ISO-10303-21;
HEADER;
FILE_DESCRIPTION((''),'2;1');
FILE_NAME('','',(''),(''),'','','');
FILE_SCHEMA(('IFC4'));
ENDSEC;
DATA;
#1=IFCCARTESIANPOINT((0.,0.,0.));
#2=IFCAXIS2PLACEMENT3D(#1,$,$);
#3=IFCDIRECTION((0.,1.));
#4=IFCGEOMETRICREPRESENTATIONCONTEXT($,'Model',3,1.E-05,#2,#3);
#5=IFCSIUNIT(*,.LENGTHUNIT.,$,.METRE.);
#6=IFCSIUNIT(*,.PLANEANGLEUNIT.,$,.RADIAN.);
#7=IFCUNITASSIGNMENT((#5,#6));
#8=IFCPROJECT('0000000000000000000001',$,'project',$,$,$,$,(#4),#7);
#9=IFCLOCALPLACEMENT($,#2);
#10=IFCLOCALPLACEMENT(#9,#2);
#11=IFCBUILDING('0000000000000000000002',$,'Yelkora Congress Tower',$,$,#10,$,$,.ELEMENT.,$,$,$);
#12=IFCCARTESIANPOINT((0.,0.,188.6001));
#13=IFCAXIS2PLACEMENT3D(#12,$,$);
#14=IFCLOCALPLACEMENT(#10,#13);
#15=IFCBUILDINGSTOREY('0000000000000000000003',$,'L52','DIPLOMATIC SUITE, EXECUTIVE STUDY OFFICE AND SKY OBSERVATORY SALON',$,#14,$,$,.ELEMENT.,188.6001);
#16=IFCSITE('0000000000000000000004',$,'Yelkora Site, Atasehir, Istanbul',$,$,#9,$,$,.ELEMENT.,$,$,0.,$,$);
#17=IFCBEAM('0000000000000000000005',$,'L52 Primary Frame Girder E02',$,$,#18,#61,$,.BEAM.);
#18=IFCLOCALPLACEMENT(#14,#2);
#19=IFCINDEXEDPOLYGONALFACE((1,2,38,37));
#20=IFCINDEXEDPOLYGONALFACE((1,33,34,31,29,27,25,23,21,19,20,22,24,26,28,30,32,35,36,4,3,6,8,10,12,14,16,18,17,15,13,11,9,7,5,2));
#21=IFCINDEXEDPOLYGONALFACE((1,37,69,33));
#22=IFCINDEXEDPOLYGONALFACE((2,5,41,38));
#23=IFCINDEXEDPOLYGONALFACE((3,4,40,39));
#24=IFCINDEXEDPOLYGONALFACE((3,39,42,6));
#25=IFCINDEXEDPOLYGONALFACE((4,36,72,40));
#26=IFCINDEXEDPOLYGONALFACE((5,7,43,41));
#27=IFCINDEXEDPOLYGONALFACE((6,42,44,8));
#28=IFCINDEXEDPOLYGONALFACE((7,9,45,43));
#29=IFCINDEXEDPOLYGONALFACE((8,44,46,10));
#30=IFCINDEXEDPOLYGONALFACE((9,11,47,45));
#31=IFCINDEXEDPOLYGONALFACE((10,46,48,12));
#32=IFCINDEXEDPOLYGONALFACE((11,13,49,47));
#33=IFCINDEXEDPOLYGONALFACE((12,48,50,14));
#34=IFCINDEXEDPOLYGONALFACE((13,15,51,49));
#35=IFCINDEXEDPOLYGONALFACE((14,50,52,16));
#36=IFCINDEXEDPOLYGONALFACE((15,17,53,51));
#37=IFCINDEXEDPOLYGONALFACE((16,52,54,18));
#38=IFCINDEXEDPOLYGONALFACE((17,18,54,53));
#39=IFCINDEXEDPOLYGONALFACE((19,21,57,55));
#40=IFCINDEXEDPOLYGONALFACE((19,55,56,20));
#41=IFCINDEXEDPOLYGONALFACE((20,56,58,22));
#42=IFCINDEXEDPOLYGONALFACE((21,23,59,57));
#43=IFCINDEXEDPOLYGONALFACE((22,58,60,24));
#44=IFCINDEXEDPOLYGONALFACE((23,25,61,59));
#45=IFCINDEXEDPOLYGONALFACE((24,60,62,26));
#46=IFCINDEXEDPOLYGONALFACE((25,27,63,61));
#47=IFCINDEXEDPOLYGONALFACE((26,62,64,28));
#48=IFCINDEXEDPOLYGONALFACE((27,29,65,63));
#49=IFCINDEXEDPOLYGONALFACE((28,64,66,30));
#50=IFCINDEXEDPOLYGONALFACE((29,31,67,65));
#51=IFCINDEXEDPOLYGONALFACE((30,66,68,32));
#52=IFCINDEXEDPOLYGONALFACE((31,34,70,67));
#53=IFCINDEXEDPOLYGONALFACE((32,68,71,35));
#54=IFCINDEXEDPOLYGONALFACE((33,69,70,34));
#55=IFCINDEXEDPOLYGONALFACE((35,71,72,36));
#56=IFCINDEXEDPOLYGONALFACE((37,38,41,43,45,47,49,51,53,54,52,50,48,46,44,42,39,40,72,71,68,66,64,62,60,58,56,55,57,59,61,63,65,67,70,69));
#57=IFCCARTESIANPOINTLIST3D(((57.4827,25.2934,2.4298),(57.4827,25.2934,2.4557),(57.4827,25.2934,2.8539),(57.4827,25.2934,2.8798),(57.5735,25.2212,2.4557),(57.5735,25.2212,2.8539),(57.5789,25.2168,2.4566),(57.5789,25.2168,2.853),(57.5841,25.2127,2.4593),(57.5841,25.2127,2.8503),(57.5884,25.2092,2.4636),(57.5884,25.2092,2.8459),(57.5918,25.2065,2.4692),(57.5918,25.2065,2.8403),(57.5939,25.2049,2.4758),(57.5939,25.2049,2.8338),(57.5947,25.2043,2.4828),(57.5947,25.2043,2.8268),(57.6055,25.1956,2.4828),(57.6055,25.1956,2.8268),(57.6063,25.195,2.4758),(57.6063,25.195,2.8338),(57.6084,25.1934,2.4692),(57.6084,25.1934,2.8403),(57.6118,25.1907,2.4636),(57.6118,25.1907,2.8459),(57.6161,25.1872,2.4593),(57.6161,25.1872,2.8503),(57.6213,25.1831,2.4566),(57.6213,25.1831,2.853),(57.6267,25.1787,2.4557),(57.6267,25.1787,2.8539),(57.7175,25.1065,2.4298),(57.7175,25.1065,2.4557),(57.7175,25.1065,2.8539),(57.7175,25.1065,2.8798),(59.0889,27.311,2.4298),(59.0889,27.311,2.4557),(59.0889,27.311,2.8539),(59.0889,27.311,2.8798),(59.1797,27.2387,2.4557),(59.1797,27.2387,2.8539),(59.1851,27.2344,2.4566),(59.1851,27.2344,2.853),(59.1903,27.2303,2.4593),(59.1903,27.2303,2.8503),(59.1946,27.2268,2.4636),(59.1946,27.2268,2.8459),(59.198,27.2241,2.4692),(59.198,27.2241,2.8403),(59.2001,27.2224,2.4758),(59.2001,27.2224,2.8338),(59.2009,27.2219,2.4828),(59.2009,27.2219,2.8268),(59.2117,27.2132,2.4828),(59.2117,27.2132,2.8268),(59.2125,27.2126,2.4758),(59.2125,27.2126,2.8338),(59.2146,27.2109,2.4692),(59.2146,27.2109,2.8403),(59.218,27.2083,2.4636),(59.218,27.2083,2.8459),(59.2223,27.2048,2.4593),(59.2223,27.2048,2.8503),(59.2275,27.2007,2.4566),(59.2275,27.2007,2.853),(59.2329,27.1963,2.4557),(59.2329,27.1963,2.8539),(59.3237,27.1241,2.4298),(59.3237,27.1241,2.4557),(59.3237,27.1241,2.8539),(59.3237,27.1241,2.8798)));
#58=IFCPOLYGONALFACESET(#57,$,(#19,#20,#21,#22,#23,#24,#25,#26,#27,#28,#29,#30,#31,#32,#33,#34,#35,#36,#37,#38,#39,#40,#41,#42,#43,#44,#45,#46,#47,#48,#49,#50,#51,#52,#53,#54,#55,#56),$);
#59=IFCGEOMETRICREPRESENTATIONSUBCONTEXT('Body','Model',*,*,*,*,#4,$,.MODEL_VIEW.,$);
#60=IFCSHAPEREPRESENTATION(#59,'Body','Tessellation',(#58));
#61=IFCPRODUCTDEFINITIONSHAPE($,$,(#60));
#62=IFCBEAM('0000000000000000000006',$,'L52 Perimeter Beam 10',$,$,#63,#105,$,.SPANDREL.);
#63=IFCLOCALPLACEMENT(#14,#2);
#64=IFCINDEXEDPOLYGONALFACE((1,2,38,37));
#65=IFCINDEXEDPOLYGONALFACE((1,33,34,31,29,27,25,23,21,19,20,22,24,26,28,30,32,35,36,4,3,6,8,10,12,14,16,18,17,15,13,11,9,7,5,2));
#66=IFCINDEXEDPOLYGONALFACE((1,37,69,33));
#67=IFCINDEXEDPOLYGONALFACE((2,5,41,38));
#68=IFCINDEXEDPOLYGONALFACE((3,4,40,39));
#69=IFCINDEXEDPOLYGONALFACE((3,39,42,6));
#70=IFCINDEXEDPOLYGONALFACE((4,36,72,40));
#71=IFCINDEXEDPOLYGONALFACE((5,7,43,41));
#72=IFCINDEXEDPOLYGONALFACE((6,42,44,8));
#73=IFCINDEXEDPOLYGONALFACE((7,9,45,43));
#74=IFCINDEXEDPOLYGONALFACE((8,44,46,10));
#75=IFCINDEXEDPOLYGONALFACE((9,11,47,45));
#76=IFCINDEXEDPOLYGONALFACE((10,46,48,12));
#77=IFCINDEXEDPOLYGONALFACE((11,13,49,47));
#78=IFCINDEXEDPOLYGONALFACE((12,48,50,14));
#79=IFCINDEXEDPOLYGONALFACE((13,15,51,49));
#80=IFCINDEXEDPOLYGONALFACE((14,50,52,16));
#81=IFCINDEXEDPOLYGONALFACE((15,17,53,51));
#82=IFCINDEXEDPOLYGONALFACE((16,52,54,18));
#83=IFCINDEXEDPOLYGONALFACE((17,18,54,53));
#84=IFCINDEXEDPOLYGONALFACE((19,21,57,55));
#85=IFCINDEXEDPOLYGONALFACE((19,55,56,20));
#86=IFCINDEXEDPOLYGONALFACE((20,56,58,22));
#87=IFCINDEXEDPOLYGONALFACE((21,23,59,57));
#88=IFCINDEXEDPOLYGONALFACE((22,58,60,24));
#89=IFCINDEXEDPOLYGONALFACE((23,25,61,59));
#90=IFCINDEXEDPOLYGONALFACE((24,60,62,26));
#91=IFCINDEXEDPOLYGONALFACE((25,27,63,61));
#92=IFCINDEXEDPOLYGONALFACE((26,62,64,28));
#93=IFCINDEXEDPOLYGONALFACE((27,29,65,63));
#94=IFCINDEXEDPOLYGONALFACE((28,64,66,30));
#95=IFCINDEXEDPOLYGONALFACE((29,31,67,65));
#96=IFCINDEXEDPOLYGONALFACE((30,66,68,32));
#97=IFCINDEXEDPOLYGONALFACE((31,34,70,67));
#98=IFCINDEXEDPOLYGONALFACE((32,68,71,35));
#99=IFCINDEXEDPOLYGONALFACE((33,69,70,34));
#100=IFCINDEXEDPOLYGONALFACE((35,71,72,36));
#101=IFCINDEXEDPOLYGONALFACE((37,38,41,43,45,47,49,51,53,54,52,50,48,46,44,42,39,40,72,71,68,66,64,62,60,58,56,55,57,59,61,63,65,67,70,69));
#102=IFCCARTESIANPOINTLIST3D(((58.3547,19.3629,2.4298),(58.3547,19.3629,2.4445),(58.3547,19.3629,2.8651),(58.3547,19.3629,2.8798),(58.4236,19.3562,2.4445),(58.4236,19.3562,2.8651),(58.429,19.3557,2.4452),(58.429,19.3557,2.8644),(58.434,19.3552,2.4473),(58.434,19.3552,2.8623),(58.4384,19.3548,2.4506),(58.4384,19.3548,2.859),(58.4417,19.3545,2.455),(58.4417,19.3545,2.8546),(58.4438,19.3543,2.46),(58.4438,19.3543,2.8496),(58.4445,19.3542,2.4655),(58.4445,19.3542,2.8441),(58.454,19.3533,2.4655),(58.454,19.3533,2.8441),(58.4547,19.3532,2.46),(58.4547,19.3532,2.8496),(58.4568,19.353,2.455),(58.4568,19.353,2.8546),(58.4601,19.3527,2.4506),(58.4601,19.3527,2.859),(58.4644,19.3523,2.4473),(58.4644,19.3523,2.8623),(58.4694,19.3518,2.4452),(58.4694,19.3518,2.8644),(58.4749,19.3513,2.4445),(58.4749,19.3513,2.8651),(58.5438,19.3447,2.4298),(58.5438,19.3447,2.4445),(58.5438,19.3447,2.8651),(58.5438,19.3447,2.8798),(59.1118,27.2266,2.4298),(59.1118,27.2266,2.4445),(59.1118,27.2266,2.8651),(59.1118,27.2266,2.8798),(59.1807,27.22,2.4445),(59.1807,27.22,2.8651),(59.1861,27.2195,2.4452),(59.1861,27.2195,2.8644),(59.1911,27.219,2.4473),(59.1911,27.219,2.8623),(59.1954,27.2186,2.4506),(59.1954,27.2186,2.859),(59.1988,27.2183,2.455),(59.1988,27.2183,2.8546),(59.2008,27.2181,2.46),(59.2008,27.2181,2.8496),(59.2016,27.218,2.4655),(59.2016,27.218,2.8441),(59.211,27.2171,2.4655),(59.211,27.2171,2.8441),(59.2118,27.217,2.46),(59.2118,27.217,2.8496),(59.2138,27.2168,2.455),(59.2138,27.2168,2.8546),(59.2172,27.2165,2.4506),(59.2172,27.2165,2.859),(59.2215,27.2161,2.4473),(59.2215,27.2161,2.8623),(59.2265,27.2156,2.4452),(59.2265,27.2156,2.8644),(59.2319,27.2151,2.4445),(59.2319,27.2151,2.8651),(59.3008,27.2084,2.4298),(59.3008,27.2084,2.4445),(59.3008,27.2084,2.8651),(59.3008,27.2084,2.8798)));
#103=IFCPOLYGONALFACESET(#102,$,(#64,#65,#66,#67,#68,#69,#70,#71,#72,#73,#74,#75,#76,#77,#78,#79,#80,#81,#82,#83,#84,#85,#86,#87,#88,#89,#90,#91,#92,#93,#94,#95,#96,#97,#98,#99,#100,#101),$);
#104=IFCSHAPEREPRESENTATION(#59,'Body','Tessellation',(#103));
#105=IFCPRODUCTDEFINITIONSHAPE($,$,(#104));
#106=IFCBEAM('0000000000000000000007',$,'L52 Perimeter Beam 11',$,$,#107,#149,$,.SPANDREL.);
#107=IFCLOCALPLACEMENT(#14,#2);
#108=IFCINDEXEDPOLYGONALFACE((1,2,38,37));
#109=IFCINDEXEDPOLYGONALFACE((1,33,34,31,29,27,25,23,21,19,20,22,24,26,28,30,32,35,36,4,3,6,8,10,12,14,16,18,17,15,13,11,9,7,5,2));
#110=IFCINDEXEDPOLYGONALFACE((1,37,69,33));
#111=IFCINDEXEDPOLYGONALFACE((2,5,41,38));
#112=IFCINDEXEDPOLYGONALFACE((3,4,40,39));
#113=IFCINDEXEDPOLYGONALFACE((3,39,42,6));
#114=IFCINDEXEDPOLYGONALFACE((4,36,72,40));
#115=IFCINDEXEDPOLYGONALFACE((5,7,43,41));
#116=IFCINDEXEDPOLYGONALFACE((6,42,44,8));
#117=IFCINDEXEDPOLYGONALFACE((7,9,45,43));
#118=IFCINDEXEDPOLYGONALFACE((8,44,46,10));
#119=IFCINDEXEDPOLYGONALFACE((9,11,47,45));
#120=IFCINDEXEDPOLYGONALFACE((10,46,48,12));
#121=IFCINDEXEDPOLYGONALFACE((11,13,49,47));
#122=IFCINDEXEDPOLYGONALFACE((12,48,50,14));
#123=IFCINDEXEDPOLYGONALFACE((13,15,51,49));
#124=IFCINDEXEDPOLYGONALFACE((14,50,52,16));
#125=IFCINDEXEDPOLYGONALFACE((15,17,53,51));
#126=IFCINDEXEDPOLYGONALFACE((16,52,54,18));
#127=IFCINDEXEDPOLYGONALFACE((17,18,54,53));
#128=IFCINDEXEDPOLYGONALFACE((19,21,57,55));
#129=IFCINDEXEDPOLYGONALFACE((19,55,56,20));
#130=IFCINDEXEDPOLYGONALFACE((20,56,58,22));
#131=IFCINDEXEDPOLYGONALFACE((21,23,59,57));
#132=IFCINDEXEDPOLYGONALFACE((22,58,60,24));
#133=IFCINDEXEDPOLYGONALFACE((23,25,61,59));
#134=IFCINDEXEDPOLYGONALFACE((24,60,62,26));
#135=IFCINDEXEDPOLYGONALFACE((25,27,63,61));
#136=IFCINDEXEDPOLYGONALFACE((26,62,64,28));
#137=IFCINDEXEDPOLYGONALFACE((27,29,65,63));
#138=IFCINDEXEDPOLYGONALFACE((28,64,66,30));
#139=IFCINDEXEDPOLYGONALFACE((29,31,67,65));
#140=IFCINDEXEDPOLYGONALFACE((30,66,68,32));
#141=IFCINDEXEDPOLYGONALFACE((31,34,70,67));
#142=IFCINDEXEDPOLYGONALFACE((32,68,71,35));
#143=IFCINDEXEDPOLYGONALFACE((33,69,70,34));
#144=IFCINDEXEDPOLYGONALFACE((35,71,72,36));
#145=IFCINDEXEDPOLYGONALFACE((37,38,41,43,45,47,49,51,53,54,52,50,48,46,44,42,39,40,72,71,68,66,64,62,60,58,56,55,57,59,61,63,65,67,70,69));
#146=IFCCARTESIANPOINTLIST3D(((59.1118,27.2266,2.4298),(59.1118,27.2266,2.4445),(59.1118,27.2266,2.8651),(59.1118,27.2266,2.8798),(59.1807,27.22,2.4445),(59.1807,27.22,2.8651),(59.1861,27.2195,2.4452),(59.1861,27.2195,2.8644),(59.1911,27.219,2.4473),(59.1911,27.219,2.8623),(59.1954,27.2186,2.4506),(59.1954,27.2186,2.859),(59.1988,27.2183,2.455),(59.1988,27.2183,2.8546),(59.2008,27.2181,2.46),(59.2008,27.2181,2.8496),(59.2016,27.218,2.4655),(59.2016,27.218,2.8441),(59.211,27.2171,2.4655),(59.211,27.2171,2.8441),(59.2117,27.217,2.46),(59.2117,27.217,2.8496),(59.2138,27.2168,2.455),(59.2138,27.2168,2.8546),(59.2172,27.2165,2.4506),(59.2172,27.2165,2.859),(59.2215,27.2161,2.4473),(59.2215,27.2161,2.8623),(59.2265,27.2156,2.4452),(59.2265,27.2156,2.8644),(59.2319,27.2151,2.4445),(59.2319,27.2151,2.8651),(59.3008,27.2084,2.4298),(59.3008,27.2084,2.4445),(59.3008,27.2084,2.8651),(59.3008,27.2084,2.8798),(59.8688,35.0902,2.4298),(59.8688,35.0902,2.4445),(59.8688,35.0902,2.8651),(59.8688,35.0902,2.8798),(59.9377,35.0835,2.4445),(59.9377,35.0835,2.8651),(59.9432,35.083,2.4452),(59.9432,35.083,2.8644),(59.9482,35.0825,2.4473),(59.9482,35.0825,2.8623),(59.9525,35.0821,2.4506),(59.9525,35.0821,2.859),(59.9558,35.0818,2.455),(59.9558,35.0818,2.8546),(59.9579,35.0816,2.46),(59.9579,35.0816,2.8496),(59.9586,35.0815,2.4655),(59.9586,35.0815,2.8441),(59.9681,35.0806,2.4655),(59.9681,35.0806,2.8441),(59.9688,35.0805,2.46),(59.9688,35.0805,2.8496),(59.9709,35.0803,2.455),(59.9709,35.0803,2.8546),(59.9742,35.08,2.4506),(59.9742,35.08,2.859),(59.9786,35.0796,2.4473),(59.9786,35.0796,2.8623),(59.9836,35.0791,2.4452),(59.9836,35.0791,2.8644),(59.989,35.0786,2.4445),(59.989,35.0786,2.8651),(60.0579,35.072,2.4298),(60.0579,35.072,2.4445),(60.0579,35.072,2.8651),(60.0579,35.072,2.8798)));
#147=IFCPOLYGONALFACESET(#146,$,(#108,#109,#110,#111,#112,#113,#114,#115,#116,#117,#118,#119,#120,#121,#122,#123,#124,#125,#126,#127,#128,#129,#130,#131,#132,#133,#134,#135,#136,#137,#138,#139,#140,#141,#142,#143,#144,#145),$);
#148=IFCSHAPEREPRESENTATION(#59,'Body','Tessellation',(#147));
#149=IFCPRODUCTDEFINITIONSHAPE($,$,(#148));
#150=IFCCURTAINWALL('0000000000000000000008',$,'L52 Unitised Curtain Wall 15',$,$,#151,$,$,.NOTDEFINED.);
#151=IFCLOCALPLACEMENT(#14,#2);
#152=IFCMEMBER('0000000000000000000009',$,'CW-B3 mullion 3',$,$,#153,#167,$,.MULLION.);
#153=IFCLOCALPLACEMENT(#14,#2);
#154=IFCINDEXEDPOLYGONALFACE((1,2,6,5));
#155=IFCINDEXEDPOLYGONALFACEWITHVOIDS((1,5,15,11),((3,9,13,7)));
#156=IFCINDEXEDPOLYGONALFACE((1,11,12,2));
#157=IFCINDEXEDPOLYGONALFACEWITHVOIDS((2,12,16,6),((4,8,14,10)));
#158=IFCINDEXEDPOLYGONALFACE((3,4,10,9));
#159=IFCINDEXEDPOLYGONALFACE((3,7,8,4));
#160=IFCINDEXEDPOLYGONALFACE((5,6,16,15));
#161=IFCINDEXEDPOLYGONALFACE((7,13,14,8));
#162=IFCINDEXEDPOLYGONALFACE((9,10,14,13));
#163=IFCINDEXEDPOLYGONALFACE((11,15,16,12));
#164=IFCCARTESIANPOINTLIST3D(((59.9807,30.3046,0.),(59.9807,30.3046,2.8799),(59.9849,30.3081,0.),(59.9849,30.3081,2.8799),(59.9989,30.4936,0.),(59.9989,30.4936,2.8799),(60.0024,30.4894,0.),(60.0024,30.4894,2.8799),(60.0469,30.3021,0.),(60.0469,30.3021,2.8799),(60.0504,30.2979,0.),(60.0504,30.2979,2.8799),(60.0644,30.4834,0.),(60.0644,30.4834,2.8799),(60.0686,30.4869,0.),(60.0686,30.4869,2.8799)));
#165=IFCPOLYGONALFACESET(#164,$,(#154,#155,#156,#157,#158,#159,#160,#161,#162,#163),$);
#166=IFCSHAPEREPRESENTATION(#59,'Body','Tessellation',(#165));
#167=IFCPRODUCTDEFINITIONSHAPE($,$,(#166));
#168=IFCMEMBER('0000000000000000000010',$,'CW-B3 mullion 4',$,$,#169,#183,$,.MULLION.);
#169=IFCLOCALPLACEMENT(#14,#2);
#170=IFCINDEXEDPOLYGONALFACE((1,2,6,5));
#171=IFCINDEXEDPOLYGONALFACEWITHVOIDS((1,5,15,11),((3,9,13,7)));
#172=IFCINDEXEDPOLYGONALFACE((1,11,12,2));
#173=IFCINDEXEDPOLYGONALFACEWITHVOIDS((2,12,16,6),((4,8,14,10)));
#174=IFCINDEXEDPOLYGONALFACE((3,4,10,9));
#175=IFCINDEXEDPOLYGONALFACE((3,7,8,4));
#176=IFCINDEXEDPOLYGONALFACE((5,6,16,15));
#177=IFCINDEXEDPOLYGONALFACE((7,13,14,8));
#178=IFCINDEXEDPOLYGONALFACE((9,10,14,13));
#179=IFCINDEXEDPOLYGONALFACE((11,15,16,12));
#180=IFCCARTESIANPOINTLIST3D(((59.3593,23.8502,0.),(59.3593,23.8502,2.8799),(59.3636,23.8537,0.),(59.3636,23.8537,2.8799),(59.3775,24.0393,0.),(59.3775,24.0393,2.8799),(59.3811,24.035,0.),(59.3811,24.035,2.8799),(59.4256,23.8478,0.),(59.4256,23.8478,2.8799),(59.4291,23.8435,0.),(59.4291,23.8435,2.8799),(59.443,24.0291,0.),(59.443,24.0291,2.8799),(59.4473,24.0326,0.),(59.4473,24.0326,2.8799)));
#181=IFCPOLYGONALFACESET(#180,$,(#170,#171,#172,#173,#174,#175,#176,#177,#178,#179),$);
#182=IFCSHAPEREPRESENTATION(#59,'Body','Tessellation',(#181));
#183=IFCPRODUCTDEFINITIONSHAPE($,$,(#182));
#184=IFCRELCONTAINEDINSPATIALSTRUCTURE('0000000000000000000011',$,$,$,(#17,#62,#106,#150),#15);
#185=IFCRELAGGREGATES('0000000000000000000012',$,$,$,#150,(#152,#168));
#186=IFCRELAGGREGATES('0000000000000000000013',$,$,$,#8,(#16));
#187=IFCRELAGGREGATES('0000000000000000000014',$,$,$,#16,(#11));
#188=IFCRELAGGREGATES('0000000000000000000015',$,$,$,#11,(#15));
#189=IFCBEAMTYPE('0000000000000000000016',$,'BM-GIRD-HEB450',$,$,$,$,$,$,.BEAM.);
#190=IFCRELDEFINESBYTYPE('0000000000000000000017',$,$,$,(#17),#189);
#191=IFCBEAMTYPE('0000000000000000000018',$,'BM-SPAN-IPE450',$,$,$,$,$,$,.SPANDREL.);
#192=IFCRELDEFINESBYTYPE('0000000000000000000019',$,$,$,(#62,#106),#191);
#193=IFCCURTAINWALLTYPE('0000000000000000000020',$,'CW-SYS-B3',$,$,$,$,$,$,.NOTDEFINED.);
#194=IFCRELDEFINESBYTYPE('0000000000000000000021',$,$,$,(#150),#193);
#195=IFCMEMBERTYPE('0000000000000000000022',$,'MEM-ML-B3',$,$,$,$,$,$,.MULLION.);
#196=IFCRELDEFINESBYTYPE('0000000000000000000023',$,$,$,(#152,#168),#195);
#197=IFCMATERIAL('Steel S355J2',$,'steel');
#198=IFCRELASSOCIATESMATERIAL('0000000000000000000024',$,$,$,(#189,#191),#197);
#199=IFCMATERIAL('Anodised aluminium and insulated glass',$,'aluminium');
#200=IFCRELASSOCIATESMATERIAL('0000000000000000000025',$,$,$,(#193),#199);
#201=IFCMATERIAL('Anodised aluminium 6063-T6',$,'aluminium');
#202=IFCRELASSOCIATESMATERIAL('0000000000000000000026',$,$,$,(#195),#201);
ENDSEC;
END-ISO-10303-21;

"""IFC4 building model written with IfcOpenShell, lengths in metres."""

from ifc_helpers import new_model, si_unit, direction, frame, origin, origin_2d, place, context, subcontext, project, spatial, hollow_rectangle, i_section, extrude, material, material_profile, profile_set, type_object, element, aggregate, save


model = new_model("IFC4")

# Units and contexts
model_context = context("Model", 3, precision=1e-05, world=origin(), true_north=direction((0.0, 1.0)))
body_context = subcontext(model_context, "Body", "Model", "MODEL_VIEW")
ifc_project = project(units=[si_unit("LENGTHUNIT", "METRE"), si_unit("PLANEANGLEUNIT", "RADIAN")], contexts=[model_context])

# Site, building, storey
site_placement = place(None, origin())
site = spatial("IfcSite", under=ifc_project, at=site_placement, Name="Yelkora Site, Atasehir, Istanbul", CompositionType="ELEMENT", RefElevation=0.0)
building_placement = place(site_placement, origin())
building = spatial("IfcBuilding", under=site, at=building_placement, Name="Yelkora Congress Tower", CompositionType="ELEMENT")
storey_placement = place(building_placement, frame((0.0, 0.0, 188.6001)))
storey = spatial("IfcBuildingStorey", under=building, at=storey_placement, Name="L52", Description="DIPLOMATIC SUITE, EXECUTIVE STUDY OFFICE AND SKY OBSERVATORY SALON", CompositionType="ELEMENT", Elevation=188.6001)

# Beams
ifc_material_1 = material(Name="Steel S355J2", Category="steel")
ifc_material_profile_1 = material_profile(ifc_material_1, i_section(OverallWidth=0.3, OverallDepth=0.45, WebThickness=0.0139, FlangeThickness=0.0259, FilletRadius=0.0271, at=origin_2d()), Name="HEB 450")
ifc_profile_set_1 = profile_set([ifc_material_profile_1], Name="Steel S355J2")
beam_type_1 = type_object("IfcBeamType", Name="BM-GIRD-HEB450", PredefinedType="BEAM", material=ifc_profile_set_1)
beam_1_placement = place(storey_placement, frame((59.2063, 27.2175, 2.6548), z_axis=(-0.622835, -0.782354, 0.0), x_axis=(0.782354, -0.622835, 0.0)))
element("IfcBeam", 1, at=beam_1_placement, inside=storey, type_object=beam_type_1, Name="L52 Primary Frame Girder E02", PredefinedType="BEAM", context=body_context, shape_type="SweptSolid", body=[
    extrude(i_section(OverallWidth=0.3, OverallDepth=0.45, WebThickness=0.0139, FlangeThickness=0.0259, FilletRadius=0.0271, at=origin_2d()), origin(), (0.0, 0.0, 1.0), 2.5789),
])
ifc_material_profile_2 = material_profile(ifc_material_1, i_section(OverallWidth=0.1899, OverallDepth=0.45, WebThickness=0.0095, FlangeThickness=0.0146, FilletRadius=0.021, at=origin_2d()), Name="IPE 450")
ifc_profile_set_2 = profile_set([ifc_material_profile_2], Name="Steel S355J2")
beam_type_2 = type_object("IfcBeamType", Name="BM-SPAN-IPE450", PredefinedType="SPANDREL", material=ifc_profile_set_2)
beam_2_placement = place(storey_placement, frame((58.4492, 19.3538, 2.6548), z_axis=(0.095831, 0.995398, 0.0), x_axis=(-0.995398, 0.095831, 0.0)))
element("IfcBeam", 2, at=beam_2_placement, inside=storey, type_object=beam_type_2, Name="L52 Perimeter Beam 10", PredefinedType="SPANDREL", context=body_context, shape_type="SweptSolid", body=[
    extrude(i_section(OverallWidth=0.1899, OverallDepth=0.45, WebThickness=0.0095, FlangeThickness=0.0146, FilletRadius=0.021, at=origin_2d()), origin(), (0.0, 0.0, 1.0), 7.9001),
])
beam_3_placement = place(storey_placement, frame((59.2063, 27.2175, 2.6548), z_axis=(0.095834, 0.995397, 0.0), x_axis=(-0.995397, 0.095834, 0.0)))
element("IfcBeam", 3, at=beam_3_placement, inside=storey, type_object=beam_type_2, Name="L52 Perimeter Beam 11", PredefinedType="SPANDREL", context=body_context, shape_type="SweptSolid", body=[
    extrude(i_section(OverallWidth=0.1899, OverallDepth=0.45, WebThickness=0.0095, FlangeThickness=0.0146, FilletRadius=0.021, at=origin_2d()), origin(), (0.0, 0.0, 1.0), 7.8999),
])

# Curtain wall, members
ifc_material_2 = material(Name="Anodised aluminium and insulated glass", Category="aluminium")
curtain_wall_type = type_object("IfcCurtainWallType", Name="CW-SYS-B3", PredefinedType="NOTDEFINED", material=ifc_material_2)
curtain_wall_placement = place(storey_placement, origin())
curtain_wall = element("IfcCurtainWall", 4, at=curtain_wall_placement, inside=storey, type_object=curtain_wall_type, Name="L52 Unitised Curtain Wall 15", PredefinedType="NOTDEFINED")
ifc_material_3 = material(Name="Anodised aluminium 6063-T6", Category="aluminium")
ifc_material_profile_3 = material_profile(ifc_material_3, hollow_rectangle(XDim=0.0701, YDim=0.1899, WallThickness=0.0039, at=origin_2d()), Name="ALU 70x190x4")
ifc_profile_set_3 = profile_set([ifc_material_profile_3], Name="Anodised aluminium 6063-T6")
member_type_1 = type_object("IfcMemberType", Name="MEM-ML-B3", PredefinedType="MULLION", material=ifc_profile_set_3)
member_1_placement = place(storey_placement, frame((60.0247, 30.3958, 0.0), z_axis=(0.0, 0.0, 1.0), x_axis=(0.995397, -0.095842, 0.0)))
member_1 = element("IfcMember", 5, at=member_1_placement, type_object=member_type_1, Name="CW-B3 mullion 3", PredefinedType="MULLION", context=body_context, shape_type="SweptSolid", body=[
    extrude(hollow_rectangle(XDim=0.0701, YDim=0.1899, WallThickness=0.0039, at=origin_2d()), origin(), (0.0, 0.0, 1.0), 2.8799),
])
member_2_placement = place(storey_placement, frame((59.4033, 23.9414, 0.0), z_axis=(0.0, 0.0, 1.0), x_axis=(0.995397, -0.095842, 0.0)))
member_2 = element("IfcMember", 6, at=member_2_placement, type_object=member_type_1, Name="CW-B3 mullion 4", PredefinedType="MULLION", context=body_context, shape_type="SweptSolid", body=[
    extrude(hollow_rectangle(XDim=0.0701, YDim=0.1899, WallThickness=0.0039, at=origin_2d()), origin(), (0.0, 0.0, 1.0), 2.8799),
])
aggregate(curtain_wall, [member_1, member_2])

save(model, "model.ifc")
